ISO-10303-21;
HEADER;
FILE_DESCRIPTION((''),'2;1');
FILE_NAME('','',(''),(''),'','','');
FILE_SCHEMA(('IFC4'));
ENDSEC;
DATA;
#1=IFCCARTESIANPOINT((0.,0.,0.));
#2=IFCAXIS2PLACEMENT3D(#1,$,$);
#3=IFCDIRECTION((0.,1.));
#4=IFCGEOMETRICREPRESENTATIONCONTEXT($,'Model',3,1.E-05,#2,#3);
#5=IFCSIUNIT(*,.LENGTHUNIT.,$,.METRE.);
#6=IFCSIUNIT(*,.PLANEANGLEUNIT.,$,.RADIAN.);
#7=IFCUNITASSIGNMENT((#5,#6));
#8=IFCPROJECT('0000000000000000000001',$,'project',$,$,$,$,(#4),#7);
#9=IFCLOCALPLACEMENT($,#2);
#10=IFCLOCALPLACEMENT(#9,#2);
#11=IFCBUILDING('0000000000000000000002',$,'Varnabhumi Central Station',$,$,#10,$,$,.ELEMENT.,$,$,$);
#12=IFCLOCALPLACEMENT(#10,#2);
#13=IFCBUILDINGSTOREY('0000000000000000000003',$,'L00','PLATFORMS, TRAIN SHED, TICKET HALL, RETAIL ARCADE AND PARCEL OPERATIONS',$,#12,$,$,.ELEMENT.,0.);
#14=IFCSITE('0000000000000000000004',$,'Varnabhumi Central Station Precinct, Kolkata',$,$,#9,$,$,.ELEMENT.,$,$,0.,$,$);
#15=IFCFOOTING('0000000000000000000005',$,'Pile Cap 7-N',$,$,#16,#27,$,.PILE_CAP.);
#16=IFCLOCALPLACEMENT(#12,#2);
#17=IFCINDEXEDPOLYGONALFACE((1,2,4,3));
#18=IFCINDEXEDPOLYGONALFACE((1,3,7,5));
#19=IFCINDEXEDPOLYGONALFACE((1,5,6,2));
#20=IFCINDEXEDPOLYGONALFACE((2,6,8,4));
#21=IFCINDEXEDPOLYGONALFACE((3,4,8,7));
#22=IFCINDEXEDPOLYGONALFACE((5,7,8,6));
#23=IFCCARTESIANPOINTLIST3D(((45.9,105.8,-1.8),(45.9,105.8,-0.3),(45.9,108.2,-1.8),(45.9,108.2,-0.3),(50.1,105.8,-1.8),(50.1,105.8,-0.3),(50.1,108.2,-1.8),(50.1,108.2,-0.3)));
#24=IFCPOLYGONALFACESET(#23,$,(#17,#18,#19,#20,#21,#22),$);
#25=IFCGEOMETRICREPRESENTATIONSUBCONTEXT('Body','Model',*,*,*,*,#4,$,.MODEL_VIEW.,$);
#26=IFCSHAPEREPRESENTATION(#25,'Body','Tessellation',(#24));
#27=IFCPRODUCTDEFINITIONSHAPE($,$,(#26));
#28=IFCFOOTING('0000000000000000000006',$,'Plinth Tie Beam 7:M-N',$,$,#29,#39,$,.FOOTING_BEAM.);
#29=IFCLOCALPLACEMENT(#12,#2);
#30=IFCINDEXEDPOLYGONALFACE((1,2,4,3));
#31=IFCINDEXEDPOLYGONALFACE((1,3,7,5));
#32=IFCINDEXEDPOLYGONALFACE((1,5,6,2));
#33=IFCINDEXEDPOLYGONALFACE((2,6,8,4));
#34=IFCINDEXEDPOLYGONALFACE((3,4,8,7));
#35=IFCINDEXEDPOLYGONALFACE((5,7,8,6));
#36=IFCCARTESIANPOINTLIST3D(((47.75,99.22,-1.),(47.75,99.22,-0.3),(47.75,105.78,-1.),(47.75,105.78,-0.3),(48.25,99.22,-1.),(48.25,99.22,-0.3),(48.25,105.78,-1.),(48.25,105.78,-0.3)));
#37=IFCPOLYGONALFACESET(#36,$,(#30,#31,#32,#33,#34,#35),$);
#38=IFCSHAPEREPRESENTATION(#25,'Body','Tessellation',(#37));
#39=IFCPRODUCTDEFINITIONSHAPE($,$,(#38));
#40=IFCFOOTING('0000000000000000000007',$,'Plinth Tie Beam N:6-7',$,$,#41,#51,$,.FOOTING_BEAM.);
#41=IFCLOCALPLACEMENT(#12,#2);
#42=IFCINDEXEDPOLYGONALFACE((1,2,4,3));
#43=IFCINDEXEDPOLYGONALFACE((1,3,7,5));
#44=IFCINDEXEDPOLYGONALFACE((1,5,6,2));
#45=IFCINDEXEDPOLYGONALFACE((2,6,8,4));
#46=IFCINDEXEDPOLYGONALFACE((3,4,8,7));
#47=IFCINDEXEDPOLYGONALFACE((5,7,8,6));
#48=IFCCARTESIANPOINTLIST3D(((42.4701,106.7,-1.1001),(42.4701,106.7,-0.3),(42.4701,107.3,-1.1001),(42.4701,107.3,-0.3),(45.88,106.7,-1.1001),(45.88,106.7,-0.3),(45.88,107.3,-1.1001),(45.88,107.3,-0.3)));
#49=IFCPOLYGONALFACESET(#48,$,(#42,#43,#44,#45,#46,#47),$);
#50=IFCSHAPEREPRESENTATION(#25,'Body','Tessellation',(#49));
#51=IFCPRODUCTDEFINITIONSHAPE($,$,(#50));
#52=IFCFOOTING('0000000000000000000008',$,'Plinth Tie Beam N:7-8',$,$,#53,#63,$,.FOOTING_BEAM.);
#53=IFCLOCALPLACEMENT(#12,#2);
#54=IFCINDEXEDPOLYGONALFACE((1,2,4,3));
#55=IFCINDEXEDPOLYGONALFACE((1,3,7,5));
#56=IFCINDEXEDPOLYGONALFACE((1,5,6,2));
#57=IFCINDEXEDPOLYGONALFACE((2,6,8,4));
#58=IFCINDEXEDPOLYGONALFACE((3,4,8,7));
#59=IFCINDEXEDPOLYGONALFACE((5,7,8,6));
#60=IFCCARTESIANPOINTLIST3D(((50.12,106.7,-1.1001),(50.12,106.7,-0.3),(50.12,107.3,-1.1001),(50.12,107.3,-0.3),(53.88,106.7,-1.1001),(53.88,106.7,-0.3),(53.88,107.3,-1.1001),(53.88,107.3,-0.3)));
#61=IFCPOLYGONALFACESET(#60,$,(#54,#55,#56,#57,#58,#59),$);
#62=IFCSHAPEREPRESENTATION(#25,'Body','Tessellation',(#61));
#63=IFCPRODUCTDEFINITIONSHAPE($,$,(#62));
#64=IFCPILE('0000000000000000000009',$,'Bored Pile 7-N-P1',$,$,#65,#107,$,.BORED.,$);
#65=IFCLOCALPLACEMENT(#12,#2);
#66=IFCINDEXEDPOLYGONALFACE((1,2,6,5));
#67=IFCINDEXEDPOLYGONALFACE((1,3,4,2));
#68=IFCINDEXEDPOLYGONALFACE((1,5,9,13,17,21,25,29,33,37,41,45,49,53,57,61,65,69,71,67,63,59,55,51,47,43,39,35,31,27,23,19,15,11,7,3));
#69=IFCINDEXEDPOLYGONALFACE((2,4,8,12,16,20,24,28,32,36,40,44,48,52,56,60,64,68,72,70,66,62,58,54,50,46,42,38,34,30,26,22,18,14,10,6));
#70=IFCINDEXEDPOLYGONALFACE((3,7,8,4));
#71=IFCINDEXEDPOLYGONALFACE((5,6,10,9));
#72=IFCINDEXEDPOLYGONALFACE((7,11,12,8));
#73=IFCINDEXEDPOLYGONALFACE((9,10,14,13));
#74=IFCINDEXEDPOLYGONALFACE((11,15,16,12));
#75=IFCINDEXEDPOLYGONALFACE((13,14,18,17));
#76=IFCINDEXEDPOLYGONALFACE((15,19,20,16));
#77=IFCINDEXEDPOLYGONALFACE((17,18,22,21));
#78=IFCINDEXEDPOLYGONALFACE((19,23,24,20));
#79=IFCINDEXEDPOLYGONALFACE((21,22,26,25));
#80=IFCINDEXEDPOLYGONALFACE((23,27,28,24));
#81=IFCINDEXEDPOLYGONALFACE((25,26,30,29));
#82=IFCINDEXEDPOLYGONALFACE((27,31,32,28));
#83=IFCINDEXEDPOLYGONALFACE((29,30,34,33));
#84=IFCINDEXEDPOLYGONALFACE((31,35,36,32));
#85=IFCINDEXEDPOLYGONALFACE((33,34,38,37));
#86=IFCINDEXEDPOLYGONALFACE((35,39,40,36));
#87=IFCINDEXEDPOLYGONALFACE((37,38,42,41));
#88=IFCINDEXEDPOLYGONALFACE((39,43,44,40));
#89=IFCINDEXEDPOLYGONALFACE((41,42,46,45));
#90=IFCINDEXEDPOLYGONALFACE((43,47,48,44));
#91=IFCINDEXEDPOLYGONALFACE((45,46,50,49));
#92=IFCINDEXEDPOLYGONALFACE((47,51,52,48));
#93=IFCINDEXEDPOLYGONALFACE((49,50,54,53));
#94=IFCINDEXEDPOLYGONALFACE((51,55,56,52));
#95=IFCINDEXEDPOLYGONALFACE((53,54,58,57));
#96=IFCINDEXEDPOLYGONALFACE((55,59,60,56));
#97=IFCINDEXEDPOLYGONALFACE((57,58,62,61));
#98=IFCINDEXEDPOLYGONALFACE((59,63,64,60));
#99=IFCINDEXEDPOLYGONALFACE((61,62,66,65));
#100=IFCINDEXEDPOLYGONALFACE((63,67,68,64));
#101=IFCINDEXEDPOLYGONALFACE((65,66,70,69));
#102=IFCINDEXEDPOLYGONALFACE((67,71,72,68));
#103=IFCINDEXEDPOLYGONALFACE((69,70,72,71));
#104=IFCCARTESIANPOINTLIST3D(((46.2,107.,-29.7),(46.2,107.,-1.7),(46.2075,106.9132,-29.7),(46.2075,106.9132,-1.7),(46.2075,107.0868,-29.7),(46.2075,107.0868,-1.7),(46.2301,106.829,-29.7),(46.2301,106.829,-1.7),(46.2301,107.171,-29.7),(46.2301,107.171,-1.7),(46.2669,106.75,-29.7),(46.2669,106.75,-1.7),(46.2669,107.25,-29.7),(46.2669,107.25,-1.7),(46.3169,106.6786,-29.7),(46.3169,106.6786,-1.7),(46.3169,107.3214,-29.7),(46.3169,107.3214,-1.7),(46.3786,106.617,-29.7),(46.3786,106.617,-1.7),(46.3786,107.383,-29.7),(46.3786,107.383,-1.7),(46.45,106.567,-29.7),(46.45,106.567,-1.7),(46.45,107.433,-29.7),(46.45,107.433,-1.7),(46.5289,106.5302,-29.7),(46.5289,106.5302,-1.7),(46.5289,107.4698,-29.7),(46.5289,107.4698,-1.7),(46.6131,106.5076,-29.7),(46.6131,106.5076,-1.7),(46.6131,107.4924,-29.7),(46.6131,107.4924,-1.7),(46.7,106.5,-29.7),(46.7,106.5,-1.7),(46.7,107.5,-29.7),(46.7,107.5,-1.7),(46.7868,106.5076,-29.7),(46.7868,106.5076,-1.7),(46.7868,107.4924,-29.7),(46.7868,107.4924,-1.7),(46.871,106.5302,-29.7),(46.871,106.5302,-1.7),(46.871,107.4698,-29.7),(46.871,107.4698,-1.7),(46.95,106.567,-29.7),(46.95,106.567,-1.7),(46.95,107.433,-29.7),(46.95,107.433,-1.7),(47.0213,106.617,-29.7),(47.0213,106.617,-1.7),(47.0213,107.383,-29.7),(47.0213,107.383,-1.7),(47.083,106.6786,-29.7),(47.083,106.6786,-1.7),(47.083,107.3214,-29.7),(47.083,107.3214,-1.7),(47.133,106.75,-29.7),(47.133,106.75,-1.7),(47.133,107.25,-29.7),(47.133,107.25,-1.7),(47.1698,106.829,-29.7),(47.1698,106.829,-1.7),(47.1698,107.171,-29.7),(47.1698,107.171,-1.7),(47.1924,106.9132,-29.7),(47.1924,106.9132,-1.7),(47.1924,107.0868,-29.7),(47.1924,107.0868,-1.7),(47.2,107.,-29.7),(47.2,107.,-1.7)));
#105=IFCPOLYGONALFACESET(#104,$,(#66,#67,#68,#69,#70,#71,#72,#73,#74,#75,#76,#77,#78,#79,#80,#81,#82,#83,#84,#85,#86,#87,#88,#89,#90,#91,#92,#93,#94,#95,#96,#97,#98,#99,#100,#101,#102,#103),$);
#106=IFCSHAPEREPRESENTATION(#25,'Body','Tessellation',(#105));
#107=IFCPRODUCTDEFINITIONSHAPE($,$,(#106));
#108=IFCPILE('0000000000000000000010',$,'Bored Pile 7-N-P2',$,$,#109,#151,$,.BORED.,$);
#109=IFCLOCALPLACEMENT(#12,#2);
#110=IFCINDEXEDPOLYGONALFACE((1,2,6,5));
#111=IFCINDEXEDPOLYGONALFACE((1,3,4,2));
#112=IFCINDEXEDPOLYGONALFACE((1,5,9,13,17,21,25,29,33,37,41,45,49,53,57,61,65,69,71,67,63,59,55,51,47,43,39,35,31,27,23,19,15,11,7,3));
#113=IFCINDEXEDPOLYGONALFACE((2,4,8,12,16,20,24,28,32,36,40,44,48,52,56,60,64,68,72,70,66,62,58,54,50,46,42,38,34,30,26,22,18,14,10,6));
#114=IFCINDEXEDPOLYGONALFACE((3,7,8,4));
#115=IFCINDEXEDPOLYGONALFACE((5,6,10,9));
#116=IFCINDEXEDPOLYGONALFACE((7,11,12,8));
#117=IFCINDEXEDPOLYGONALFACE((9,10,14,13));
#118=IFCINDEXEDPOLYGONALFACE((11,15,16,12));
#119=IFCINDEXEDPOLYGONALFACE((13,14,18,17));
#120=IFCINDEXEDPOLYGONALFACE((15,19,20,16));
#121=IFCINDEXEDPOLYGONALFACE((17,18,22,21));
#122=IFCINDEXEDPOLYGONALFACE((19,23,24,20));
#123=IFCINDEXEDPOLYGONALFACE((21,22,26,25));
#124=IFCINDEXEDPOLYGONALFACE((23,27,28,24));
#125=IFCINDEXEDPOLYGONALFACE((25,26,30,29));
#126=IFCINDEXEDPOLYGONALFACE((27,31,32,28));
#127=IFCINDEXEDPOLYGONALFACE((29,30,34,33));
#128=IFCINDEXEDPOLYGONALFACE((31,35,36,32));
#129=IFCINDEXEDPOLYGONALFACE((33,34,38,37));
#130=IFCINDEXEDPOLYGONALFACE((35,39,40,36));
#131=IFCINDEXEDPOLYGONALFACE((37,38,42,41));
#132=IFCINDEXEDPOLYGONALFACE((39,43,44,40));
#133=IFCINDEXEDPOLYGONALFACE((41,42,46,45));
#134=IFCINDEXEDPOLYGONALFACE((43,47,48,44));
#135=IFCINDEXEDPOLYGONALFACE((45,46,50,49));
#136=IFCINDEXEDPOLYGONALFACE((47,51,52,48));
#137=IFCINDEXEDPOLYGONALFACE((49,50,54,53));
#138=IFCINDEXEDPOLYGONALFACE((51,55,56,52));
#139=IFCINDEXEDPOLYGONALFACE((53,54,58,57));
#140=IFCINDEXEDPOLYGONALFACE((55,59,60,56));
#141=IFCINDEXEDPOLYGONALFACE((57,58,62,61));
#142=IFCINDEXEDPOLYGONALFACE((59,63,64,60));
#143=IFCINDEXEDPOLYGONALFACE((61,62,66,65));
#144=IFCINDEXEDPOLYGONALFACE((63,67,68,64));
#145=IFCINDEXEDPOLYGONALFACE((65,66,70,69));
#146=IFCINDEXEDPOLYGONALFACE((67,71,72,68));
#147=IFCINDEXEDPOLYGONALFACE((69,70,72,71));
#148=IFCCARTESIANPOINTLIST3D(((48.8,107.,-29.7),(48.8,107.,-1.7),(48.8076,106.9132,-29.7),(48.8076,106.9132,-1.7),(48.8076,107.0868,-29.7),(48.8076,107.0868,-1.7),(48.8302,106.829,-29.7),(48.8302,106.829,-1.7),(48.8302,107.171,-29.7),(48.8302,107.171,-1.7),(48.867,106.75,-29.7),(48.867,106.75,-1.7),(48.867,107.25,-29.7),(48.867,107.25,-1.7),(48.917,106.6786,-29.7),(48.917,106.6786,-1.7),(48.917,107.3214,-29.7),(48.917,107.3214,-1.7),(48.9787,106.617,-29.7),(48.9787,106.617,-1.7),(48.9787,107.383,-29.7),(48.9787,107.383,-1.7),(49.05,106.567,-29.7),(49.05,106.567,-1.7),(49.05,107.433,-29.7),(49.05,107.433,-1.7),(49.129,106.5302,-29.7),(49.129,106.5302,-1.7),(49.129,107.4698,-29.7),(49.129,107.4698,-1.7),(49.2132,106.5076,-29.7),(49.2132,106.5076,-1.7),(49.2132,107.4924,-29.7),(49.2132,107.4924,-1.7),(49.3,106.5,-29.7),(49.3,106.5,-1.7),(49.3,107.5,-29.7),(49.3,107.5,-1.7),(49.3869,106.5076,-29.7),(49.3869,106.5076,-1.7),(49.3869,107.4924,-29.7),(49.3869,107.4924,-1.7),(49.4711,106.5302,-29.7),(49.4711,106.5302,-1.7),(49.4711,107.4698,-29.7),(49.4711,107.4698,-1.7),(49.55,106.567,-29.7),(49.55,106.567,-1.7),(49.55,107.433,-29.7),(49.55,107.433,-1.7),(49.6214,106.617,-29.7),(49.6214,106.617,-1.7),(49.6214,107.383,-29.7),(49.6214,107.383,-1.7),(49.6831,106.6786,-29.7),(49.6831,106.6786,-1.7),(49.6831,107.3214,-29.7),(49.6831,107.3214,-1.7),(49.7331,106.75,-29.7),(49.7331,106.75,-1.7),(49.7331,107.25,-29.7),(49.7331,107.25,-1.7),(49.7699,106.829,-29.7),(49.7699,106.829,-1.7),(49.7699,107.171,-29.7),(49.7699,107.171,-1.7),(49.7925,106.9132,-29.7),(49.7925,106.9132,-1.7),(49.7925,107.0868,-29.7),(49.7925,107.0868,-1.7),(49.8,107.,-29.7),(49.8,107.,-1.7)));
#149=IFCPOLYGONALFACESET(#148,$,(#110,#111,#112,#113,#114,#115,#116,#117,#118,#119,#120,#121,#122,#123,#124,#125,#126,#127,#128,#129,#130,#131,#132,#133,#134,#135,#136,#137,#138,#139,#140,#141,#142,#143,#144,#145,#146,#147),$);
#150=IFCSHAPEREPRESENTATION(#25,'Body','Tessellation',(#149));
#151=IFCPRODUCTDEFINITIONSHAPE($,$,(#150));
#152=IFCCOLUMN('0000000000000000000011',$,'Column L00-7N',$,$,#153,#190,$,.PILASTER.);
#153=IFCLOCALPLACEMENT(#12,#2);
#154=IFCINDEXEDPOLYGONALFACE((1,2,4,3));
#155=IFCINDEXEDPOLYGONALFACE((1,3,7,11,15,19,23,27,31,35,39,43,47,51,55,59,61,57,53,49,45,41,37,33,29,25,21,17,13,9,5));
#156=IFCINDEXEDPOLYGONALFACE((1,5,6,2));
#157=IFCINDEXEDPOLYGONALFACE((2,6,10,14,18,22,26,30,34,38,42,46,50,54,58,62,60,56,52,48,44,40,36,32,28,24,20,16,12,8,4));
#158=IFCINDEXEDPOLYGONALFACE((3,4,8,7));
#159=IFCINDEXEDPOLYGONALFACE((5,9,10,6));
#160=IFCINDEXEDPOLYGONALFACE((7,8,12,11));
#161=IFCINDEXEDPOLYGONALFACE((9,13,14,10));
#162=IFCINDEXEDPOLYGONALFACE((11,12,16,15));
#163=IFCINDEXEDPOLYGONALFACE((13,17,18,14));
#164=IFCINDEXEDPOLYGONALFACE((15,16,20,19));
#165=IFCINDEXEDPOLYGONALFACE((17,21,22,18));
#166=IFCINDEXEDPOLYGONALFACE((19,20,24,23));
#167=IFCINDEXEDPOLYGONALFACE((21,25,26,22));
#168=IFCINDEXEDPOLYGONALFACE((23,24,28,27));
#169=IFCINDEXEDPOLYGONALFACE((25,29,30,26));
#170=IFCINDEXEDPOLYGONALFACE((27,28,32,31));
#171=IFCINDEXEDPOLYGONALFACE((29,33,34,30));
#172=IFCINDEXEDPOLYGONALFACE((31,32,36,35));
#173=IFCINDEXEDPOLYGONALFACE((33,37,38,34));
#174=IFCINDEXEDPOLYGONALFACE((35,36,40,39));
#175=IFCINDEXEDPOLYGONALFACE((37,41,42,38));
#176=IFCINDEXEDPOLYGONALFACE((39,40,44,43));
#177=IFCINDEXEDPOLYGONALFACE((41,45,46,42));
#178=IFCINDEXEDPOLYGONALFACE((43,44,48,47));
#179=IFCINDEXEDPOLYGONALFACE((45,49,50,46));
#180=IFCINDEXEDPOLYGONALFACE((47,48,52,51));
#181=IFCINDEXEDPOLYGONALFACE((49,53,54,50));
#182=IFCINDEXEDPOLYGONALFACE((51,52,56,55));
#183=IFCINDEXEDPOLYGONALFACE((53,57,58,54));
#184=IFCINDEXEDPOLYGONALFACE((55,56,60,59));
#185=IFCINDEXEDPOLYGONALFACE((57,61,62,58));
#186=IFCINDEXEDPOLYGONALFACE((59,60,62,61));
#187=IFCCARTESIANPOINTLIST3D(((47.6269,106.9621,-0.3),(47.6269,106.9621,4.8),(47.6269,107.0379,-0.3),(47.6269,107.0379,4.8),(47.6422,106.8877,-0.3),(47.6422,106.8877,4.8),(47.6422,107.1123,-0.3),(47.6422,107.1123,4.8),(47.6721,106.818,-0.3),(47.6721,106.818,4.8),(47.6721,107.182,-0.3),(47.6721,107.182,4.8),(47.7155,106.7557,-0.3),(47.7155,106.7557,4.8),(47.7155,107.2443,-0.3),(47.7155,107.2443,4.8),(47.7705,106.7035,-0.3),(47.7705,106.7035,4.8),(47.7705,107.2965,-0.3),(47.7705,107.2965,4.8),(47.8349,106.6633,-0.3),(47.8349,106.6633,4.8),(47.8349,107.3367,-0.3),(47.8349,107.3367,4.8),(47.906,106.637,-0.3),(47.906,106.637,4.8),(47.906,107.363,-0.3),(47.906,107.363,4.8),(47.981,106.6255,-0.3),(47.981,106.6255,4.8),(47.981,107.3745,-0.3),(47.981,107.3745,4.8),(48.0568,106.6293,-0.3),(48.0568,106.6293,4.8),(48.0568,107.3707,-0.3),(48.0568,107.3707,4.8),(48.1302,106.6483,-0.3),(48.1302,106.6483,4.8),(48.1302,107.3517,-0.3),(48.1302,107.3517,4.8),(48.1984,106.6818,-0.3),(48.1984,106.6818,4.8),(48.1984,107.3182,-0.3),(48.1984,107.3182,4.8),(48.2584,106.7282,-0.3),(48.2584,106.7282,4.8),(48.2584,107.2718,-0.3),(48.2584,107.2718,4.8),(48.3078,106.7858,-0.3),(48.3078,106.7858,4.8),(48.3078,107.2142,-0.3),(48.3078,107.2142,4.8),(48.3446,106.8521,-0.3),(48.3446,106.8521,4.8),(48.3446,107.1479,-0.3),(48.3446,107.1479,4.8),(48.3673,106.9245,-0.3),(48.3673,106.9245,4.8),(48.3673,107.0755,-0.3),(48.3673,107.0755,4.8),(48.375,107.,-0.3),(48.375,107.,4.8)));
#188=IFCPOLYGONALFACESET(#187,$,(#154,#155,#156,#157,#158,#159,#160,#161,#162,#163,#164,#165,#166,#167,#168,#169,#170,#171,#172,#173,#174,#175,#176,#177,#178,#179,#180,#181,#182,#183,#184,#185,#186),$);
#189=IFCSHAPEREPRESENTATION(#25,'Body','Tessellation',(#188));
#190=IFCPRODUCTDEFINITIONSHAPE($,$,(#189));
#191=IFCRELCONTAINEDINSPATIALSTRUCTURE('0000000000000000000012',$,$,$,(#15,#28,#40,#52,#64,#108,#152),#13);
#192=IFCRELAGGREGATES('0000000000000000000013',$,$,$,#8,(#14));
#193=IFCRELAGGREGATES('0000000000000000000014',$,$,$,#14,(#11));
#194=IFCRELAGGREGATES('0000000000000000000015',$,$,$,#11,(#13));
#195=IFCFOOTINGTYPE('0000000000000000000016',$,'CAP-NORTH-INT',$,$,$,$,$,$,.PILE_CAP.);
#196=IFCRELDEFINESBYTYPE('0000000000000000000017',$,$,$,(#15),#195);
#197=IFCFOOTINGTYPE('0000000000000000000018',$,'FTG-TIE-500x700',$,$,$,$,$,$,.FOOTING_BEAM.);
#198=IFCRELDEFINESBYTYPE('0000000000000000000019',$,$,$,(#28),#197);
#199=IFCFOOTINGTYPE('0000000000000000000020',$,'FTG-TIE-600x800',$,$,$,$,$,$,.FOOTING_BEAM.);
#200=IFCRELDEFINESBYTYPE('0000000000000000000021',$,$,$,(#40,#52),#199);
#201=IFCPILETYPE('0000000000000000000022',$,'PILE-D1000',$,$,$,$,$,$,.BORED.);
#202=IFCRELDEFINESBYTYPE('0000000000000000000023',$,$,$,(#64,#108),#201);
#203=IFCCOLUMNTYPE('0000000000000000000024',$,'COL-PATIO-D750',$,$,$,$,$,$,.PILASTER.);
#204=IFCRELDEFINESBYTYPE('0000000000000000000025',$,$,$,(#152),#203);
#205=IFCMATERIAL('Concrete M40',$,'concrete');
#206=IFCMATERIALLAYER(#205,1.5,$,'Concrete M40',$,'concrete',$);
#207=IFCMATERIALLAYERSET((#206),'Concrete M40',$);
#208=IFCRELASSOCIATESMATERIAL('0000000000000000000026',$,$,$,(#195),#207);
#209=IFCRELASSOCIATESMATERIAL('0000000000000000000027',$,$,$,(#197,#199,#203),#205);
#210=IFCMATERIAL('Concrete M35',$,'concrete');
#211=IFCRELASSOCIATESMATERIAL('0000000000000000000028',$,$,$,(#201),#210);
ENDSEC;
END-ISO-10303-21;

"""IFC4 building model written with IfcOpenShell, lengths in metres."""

from ifc_helpers import new_model, si_unit, direction, frame, origin, origin_2d, place, context, subcontext, project, spatial, rectangle, circle, extrude, material, layer, layer_set, material_profile, profile_set, type_object, element, save


model = new_model("IFC4")

# Units and contexts
model_context = context("Model", 3, precision=1e-05, world=origin(), true_north=direction((0.0, 1.0)))
body_context = subcontext(model_context, "Body", "Model", "MODEL_VIEW")
ifc_project = project(units=[si_unit("LENGTHUNIT", "METRE"), si_unit("PLANEANGLEUNIT", "RADIAN")], contexts=[model_context])

# Site, building, storey
site_placement = place(None, origin())
site = spatial("IfcSite", under=ifc_project, at=site_placement, Name="Varnabhumi Central Station Precinct, Kolkata", CompositionType="ELEMENT", RefElevation=0.0)
building_placement = place(site_placement, origin())
building = spatial("IfcBuilding", under=site, at=building_placement, Name="Varnabhumi Central Station", CompositionType="ELEMENT")
storey_placement = place(building_placement, origin())
storey = spatial("IfcBuildingStorey", under=building, at=storey_placement, Name="L00", Description="PLATFORMS, TRAIN SHED, TICKET HALL, RETAIL ARCADE AND PARCEL OPERATIONS", CompositionType="ELEMENT", Elevation=0.0)

# Footings
ifc_material_1 = material(Name="Concrete M40", Category="concrete")
ifc_layer_1 = layer(ifc_material_1, 1.5, Name="Concrete M40", Category="concrete")
ifc_layer_set_1 = layer_set([ifc_layer_1], Name="Concrete M40")
footing_type_1 = type_object("IfcFootingType", Name="CAP-NORTH-INT", PredefinedType="PILE_CAP", material=ifc_layer_set_1)
footing_1_placement = place(storey_placement, frame((48.0, 107.0, -1.8), z_axis=(0.0, 0.0, 1.0), x_axis=(1.0, 0.0, 0.0)))
element("IfcFooting", 1, at=footing_1_placement, inside=storey, type_object=footing_type_1, Name="Pile Cap 7-N", PredefinedType="PILE_CAP", context=body_context, shape_type="SweptSolid", body=[
    extrude(rectangle(XDim=4.2, YDim=2.3999, at=origin_2d()), origin(), (0.0, 0.0, 1.0), 1.5),
])
footing_type_2 = type_object("IfcFootingType", Name="FTG-TIE-500x700", PredefinedType="FOOTING_BEAM", material=ifc_material_1)
footing_2_placement = place(storey_placement, frame((48.0, 102.5, -1.0), z_axis=(0.0, 0.0, 1.0), x_axis=(1.0, 0.0, 0.0)))
element("IfcFooting", 2, at=footing_2_placement, inside=storey, type_object=footing_type_2, Name="Plinth Tie Beam 7:M-N", PredefinedType="FOOTING_BEAM", context=body_context, shape_type="SweptSolid", body=[
    extrude(rectangle(XDim=0.5, YDim=6.5601, at=origin_2d()), origin(), (0.0, 0.0, 1.0), 0.7),
])
footing_type_3 = type_object("IfcFootingType", Name="FTG-TIE-600x800", PredefinedType="FOOTING_BEAM", material=ifc_material_1)
footing_3_placement = place(storey_placement, frame((44.175, 107.0, -1.1001), z_axis=(0.0, 0.0, 1.0), x_axis=(1.0, 0.0, 0.0)))
element("IfcFooting", 3, at=footing_3_placement, inside=storey, type_object=footing_type_3, Name="Plinth Tie Beam N:6-7", PredefinedType="FOOTING_BEAM", context=body_context, shape_type="SweptSolid", body=[
    extrude(rectangle(XDim=3.4099, YDim=0.6001, at=origin_2d()), origin(), (0.0, 0.0, 1.0), 0.8),
])
footing_4_placement = place(storey_placement, frame((52.0, 107.0, -1.1001), z_axis=(0.0, 0.0, 1.0), x_axis=(1.0, 0.0, 0.0)))
element("IfcFooting", 4, at=footing_4_placement, inside=storey, type_object=footing_type_3, Name="Plinth Tie Beam N:7-8", PredefinedType="FOOTING_BEAM", context=body_context, shape_type="SweptSolid", body=[
    extrude(rectangle(XDim=3.76, YDim=0.6001, at=origin_2d()), origin(), (0.0, 0.0, 1.0), 0.8),
])

# Piles
ifc_material_2 = material(Name="Concrete M35", Category="concrete")
ifc_material_profile_1 = material_profile(ifc_material_2, circle(Radius=0.5, at=origin_2d()), Name="Concrete M35", Category="concrete")
ifc_profile_set_1 = profile_set([ifc_material_profile_1], Name="Concrete M35")
pile_type = type_object("IfcPileType", Name="PILE-D1000", PredefinedType="BORED", material=ifc_profile_set_1)
for number, where, z_axis, x_axis, name in (
    (5, (46.7, 107.0, -1.7), (0.0, 0.0, -1.0), (1.0, 0.0, 0.0), "Bored Pile 7-N-P1"),
    (6, (49.3, 107.0, -1.7), (0.0, 0.0, -1.0), (1.0, 0.0, 0.0), "Bored Pile 7-N-P2"),
):
    element("IfcPile", number, at=place(storey_placement, frame(where, z_axis=z_axis, x_axis=x_axis)), inside=storey, type_object=pile_type, Name=name, PredefinedType="BORED", context=body_context, shape_type="SweptSolid", body=[
        extrude(circle(Radius=0.5, at=origin_2d()), origin(), (0.0, 0.0, 1.0), 28.0),
    ])

# Column
ifc_material_profile_2 = material_profile(ifc_material_1, circle(Radius=0.375, at=origin_2d()), Name="Concrete M40", Category="concrete")
ifc_profile_set_2 = profile_set([ifc_material_profile_2], Name="Concrete M40")
column_type = type_object("IfcColumnType", Name="COL-PATIO-D750", PredefinedType="PILASTER", material=ifc_profile_set_2)
column_placement = place(storey_placement, frame((48.0, 107.0, -0.3), z_axis=(0.0, 0.0, 1.0), x_axis=(1.0, 0.0, 0.0)))
element("IfcColumn", 7, at=column_placement, inside=storey, type_object=column_type, Name="Column L00-7N", PredefinedType="PILASTER", context=body_context, shape_type="SweptSolid", body=[
    extrude(circle(Radius=0.375, at=origin_2d()), origin(), (0.0, 0.0, 1.0), 5.1001),
])

save(model, "model.ifc")
